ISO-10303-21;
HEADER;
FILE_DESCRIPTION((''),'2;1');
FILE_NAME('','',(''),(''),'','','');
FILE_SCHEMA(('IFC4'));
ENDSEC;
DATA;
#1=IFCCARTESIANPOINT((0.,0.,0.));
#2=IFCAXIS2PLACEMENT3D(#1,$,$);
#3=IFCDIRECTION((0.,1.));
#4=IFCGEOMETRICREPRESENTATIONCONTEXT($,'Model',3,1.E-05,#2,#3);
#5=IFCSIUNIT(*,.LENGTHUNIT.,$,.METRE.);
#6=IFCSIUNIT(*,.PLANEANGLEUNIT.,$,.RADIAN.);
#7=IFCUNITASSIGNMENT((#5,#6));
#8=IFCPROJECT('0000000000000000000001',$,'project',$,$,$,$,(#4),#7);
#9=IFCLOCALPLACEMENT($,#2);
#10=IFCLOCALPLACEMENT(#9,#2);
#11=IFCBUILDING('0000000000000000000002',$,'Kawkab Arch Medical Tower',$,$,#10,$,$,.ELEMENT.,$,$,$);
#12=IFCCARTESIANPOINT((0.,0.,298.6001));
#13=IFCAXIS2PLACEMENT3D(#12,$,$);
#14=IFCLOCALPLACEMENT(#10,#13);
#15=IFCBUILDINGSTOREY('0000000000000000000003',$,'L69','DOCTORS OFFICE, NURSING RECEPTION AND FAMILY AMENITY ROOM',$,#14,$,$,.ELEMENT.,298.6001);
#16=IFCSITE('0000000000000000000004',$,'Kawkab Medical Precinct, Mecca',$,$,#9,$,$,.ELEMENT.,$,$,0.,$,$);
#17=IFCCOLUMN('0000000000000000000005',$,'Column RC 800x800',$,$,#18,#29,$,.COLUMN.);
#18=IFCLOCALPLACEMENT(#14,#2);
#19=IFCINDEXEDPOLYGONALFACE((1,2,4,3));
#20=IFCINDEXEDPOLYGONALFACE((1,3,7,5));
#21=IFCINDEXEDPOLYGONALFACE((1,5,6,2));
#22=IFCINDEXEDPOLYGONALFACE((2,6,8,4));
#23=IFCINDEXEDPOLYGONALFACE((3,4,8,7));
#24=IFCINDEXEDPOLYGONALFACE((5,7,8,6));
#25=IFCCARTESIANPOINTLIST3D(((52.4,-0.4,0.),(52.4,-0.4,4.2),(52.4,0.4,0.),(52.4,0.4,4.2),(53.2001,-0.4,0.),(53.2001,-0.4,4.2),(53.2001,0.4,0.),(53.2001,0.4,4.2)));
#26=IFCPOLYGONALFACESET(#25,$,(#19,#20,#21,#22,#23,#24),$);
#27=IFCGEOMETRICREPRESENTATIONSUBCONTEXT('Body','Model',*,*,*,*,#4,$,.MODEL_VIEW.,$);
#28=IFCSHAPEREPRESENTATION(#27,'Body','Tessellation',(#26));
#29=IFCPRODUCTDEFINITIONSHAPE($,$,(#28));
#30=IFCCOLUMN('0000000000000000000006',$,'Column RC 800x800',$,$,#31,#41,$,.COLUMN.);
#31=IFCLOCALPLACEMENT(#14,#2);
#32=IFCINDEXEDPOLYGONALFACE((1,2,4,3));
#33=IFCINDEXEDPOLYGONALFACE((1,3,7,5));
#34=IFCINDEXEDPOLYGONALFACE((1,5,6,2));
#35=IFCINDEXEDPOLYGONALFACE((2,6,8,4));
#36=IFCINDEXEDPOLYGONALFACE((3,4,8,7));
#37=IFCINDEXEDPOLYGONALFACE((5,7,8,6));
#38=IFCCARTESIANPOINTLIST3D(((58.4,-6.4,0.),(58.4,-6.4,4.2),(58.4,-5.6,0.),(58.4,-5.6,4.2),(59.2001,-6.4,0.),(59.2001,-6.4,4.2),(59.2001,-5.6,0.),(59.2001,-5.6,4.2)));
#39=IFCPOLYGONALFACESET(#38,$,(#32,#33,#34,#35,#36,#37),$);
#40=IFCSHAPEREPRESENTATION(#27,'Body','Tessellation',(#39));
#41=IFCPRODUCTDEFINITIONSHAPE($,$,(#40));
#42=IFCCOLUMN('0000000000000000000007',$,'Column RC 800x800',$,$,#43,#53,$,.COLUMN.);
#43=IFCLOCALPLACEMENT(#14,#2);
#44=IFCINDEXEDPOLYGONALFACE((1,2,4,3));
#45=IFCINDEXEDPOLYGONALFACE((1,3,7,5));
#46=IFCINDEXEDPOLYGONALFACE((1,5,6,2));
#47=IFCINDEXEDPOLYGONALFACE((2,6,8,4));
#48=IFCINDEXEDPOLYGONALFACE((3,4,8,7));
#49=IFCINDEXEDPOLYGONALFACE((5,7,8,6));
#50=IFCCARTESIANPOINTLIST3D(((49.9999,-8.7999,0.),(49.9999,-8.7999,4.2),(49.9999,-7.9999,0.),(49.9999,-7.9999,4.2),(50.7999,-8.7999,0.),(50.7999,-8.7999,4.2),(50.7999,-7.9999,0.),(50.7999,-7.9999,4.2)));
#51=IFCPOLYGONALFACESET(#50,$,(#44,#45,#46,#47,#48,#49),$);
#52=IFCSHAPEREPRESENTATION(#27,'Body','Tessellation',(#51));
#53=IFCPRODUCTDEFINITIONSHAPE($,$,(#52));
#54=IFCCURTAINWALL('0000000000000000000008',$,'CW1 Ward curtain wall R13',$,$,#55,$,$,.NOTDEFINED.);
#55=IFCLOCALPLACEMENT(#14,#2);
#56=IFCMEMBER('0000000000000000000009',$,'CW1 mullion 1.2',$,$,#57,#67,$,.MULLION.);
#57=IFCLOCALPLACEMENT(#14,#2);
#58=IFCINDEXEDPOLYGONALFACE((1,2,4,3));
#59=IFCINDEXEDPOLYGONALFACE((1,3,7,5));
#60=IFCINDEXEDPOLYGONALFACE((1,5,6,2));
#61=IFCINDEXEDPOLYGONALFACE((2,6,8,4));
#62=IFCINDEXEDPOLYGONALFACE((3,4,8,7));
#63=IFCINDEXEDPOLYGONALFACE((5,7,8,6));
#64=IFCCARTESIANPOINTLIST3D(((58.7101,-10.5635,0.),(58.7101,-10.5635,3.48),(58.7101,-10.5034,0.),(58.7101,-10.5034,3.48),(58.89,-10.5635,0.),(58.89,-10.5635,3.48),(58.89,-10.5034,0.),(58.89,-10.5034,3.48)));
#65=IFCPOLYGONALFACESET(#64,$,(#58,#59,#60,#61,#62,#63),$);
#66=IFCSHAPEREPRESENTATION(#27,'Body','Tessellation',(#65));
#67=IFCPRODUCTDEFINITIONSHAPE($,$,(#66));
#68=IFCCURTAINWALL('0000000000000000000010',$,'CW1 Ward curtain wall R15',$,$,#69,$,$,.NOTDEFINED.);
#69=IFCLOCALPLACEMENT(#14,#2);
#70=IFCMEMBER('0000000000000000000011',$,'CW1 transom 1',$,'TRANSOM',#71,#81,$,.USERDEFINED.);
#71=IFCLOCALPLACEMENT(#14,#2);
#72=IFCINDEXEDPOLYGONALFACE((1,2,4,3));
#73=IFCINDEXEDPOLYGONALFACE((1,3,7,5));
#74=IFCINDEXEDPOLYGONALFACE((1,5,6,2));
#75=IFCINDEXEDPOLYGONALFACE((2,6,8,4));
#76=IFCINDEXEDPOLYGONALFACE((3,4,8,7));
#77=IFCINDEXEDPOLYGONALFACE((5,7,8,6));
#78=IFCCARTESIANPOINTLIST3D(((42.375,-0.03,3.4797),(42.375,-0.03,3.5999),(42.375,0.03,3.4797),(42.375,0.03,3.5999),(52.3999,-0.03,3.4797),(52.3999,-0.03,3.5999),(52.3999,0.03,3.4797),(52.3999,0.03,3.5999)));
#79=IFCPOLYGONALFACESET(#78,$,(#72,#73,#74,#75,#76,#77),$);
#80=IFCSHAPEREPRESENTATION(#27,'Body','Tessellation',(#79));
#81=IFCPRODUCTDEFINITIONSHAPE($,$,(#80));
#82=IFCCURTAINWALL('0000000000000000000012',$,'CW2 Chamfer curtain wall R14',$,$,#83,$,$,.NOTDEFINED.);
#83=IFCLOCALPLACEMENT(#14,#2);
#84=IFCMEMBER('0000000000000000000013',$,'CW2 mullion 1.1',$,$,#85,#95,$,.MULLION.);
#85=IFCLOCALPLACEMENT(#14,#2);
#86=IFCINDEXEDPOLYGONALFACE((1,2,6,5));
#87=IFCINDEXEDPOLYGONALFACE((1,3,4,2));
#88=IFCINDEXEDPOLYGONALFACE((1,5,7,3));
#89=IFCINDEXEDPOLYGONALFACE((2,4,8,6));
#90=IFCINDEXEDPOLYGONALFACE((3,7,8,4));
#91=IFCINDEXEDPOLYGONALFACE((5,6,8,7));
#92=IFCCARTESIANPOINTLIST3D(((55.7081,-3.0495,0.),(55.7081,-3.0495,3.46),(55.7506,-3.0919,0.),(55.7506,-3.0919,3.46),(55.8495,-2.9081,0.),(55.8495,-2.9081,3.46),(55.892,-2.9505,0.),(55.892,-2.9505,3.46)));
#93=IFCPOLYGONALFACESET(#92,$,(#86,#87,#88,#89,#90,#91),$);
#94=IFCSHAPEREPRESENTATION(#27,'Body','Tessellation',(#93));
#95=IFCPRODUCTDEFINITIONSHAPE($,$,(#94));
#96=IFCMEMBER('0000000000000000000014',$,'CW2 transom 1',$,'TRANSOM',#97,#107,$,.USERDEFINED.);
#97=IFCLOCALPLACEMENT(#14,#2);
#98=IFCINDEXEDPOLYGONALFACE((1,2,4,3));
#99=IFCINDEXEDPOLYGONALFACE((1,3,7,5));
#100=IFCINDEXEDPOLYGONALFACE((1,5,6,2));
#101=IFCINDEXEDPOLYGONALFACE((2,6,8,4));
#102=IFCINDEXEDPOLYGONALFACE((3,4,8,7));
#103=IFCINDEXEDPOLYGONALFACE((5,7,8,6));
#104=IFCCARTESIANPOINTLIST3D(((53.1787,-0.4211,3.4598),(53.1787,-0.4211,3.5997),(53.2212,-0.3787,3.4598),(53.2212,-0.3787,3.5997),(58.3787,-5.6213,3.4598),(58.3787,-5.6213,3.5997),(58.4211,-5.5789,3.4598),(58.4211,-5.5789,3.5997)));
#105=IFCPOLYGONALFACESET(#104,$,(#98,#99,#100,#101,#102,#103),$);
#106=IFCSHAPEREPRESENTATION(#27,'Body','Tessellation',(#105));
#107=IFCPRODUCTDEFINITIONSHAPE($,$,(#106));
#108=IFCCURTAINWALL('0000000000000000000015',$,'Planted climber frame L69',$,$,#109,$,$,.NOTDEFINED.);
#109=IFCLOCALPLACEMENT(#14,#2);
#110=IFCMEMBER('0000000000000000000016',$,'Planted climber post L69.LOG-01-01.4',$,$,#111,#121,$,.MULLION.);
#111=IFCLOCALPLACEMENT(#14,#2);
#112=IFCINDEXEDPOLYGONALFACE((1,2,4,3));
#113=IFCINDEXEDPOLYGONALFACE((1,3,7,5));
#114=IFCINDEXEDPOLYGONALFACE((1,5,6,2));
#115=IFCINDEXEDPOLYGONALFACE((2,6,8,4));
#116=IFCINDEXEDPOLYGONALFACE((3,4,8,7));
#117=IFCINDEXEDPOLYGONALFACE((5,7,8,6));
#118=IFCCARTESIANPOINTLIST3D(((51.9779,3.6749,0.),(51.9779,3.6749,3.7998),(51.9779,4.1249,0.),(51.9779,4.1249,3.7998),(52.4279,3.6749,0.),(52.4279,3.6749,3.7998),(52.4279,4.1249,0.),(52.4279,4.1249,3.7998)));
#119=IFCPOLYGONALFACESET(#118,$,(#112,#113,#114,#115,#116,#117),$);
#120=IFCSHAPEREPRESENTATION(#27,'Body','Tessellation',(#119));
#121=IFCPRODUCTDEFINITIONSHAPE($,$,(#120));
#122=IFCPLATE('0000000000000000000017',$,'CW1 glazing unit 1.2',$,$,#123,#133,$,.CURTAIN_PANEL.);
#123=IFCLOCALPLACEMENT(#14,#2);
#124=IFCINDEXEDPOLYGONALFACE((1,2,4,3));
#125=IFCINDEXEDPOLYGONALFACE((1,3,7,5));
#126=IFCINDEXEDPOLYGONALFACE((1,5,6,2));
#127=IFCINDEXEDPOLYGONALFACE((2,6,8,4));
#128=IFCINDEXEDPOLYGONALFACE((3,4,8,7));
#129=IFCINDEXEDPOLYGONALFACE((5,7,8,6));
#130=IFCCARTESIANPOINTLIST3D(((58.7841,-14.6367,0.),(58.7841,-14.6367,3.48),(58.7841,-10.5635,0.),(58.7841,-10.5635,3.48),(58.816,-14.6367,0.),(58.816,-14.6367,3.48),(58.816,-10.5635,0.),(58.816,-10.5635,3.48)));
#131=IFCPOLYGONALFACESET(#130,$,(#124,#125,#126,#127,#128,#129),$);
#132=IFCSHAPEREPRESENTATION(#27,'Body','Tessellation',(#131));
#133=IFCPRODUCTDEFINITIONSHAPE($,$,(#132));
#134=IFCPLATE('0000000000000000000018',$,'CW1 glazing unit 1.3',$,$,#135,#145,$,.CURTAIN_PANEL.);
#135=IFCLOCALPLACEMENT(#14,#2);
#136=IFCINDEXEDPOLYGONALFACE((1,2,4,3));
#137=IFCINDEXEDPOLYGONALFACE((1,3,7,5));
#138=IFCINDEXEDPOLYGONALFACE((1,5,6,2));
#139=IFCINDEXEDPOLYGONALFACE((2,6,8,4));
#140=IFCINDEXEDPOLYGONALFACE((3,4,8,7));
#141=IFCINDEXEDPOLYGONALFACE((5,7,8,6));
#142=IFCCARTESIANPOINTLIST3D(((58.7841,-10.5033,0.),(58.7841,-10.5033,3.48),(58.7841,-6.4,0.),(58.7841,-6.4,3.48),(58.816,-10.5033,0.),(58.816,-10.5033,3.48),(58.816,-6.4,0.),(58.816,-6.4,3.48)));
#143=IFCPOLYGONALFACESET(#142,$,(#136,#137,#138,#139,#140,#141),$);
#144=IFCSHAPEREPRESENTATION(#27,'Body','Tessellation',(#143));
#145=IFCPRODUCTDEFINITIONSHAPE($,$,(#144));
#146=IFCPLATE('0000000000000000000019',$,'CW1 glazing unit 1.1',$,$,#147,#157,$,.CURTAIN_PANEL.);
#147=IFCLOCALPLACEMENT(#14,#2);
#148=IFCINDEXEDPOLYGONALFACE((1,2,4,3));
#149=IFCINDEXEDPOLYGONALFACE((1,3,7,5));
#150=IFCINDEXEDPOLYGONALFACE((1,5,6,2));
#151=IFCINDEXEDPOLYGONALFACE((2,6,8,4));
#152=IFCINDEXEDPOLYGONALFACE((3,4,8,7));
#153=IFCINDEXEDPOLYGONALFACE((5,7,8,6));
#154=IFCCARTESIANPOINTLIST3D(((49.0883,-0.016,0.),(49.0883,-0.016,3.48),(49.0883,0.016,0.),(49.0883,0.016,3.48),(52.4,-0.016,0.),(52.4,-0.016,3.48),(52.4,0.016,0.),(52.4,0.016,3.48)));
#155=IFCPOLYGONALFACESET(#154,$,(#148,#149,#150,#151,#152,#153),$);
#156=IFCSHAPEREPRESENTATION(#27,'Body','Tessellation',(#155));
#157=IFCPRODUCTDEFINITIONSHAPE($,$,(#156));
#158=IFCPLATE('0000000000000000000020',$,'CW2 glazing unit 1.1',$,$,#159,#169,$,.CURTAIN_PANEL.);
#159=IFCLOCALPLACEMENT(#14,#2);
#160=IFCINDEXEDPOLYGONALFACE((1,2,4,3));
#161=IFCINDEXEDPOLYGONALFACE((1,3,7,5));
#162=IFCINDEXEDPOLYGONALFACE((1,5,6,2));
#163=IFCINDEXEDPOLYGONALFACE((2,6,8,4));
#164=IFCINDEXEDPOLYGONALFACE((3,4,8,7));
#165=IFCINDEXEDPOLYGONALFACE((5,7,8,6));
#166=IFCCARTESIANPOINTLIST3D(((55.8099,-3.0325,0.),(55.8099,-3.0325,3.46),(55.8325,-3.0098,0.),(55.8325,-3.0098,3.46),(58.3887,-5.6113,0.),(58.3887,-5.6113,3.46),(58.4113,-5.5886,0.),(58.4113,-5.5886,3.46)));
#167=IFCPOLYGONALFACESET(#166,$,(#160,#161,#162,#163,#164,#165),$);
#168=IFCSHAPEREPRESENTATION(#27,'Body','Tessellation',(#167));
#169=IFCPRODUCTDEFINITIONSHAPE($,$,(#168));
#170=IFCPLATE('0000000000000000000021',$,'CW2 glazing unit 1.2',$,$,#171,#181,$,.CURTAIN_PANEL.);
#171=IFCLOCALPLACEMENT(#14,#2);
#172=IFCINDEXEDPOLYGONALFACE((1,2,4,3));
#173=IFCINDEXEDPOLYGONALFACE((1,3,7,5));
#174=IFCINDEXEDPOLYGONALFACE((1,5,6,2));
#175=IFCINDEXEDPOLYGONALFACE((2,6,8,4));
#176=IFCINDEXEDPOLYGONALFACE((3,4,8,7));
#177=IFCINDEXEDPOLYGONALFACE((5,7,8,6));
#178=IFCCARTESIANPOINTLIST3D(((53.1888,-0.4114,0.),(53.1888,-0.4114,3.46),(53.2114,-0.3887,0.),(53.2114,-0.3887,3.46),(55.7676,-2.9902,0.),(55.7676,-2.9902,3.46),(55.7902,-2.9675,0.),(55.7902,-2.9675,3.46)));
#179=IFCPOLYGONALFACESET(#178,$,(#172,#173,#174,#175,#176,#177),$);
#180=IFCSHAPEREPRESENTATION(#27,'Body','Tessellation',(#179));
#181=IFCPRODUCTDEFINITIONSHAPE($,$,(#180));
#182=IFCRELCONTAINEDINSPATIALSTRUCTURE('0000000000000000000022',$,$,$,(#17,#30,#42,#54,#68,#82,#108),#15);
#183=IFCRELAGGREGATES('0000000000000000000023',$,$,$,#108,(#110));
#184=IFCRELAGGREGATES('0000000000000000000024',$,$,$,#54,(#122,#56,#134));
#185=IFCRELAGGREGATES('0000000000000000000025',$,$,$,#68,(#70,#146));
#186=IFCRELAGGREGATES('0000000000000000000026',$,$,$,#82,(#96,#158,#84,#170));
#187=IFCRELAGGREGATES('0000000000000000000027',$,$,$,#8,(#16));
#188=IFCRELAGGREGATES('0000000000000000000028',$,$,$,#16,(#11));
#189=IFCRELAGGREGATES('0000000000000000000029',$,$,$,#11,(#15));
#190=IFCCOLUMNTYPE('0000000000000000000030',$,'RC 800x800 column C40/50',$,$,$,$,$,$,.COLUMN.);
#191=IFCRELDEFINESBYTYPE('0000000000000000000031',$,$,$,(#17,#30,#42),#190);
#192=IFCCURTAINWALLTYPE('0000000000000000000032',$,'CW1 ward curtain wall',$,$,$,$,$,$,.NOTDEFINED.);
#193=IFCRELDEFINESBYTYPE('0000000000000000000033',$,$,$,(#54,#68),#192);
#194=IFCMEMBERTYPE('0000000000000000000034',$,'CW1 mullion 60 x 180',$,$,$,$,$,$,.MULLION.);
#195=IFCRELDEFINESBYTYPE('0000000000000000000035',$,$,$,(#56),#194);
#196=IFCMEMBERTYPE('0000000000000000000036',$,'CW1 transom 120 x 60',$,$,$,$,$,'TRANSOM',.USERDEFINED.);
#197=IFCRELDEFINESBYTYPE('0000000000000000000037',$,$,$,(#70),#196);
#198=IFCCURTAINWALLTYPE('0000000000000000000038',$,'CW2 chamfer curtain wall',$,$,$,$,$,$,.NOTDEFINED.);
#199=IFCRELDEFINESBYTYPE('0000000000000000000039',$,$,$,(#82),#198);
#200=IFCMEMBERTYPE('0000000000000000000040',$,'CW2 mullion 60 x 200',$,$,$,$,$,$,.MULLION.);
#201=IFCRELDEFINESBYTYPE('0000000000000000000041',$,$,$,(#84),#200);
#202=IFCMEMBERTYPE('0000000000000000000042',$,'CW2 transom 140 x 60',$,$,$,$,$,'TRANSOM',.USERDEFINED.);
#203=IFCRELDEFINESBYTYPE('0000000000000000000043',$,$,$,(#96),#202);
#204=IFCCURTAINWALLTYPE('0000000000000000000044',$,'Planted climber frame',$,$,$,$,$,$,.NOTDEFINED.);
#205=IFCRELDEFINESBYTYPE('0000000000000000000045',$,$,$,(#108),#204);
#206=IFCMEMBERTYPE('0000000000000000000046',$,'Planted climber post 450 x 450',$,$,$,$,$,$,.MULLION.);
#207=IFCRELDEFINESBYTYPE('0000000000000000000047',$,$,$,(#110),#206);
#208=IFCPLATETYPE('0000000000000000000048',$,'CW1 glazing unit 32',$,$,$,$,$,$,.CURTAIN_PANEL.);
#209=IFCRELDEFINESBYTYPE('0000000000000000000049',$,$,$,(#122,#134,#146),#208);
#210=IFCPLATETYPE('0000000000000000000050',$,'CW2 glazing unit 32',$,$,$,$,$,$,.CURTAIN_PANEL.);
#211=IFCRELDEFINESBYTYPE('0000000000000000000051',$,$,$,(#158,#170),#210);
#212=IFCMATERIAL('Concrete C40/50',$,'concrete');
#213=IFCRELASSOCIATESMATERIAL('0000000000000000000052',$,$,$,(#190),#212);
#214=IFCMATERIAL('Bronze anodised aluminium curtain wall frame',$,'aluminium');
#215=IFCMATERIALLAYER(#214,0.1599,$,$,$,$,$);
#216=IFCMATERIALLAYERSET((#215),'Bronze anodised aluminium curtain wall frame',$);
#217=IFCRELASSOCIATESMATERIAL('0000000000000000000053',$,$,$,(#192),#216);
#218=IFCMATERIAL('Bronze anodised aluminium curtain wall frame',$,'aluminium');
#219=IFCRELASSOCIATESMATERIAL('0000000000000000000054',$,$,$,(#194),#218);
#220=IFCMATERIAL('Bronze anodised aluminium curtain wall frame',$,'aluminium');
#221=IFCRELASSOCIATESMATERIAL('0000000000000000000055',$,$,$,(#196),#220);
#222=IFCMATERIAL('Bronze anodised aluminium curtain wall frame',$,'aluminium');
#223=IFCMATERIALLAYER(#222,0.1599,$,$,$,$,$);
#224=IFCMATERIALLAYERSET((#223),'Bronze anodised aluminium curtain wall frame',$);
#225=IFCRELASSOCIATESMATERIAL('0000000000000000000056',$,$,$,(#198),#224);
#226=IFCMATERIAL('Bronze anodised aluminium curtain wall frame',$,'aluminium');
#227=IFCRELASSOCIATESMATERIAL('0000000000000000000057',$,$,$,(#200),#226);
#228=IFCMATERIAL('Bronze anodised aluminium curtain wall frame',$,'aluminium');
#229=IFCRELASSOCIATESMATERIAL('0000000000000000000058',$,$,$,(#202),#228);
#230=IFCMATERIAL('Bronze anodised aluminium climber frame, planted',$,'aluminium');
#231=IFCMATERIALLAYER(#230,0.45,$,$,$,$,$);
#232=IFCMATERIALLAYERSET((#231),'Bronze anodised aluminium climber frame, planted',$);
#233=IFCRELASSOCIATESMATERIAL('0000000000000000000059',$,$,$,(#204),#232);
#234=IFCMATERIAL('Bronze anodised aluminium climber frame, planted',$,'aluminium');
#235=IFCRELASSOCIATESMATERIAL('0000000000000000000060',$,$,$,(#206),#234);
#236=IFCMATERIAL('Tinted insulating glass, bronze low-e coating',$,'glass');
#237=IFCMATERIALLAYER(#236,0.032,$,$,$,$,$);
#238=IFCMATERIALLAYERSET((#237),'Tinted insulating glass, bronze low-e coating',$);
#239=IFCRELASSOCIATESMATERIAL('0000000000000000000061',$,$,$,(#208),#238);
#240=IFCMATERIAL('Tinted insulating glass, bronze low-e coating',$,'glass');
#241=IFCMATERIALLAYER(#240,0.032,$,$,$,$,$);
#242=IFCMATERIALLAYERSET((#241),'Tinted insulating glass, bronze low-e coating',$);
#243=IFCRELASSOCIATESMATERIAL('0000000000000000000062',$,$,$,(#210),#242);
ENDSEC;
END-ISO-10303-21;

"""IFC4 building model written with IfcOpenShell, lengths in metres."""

from ifc_helpers import new_model, si_unit, direction, frame, origin, origin_2d, place, context, subcontext, project, spatial, rectangle, extrude, material, layer, layer_set, material_profile, profile_set, type_object, element, aggregate, save


model = new_model("IFC4")

# Units and contexts
model_context = context("Model", 3, precision=1e-05, world=origin(), true_north=direction((0.0, 1.0)))
body_context = subcontext(model_context, "Body", "Model", "MODEL_VIEW")
ifc_project = project(units=[si_unit("LENGTHUNIT", "METRE"), si_unit("PLANEANGLEUNIT", "RADIAN")], contexts=[model_context])

# Site, building, storey
site_placement = place(None, origin())
site = spatial("IfcSite", under=ifc_project, at=site_placement, Name="Kawkab Medical Precinct, Mecca", CompositionType="ELEMENT", RefElevation=0.0)
building_placement = place(site_placement, origin())
building = spatial("IfcBuilding", under=site, at=building_placement, Name="Kawkab Arch Medical Tower", CompositionType="ELEMENT")
storey_placement = place(building_placement, frame((0.0, 0.0, 298.6001)))
storey = spatial("IfcBuildingStorey", under=building, at=storey_placement, Name="L69", Description="DOCTORS OFFICE, NURSING RECEPTION AND FAMILY AMENITY ROOM", CompositionType="ELEMENT", Elevation=298.6001)

# Columns
ifc_material_1 = material(Name="Concrete C40/50", Category="concrete")
ifc_material_profile_1 = material_profile(ifc_material_1, rectangle(XDim=0.8, YDim=0.8, at=origin_2d()), Name="RC 800x800")
ifc_profile_set_1 = profile_set([ifc_material_profile_1], Name="Concrete C40/50")
column_type = type_object("IfcColumnType", Name="RC 800x800 column C40/50", PredefinedType="COLUMN", material=ifc_profile_set_1)
for number, where, z_axis, x_axis, name in (
    (1, (52.8, 0.0, 0.0), (0.0, 0.0, 1.0), (1.0, 0.0, 0.0), "Column RC 800x800"),
    (2, (58.8, -6.0, 0.0), (0.0, 0.0, 1.0), (1.0, 0.0, 0.0), "Column RC 800x800"),
    (3, (50.3999, -8.3999, 0.0), (0.0, 0.0, 1.0), (1.0, 0.0, 0.0), "Column RC 800x800"),
):
    element("IfcColumn", number, at=place(storey_placement, frame(where, z_axis=z_axis, x_axis=x_axis)), inside=storey, type_object=column_type, Name=name, PredefinedType="COLUMN", context=body_context, shape_type="SweptSolid", body=[
        extrude(rectangle(XDim=0.8, YDim=0.8, at=origin_2d()), origin(), (0.0, 0.0, 1.0), 4.2),
    ])

# Curtain walls, members
ifc_material_2 = material(Name="Bronze anodised aluminium curtain wall frame", Category="aluminium")
ifc_layer_1 = layer(ifc_material_2, 0.1599)
ifc_layer_set_1 = layer_set([ifc_layer_1], Name="Bronze anodised aluminium curtain wall frame")
curtain_wall_type_1 = type_object("IfcCurtainWallType", Name="CW1 ward curtain wall", PredefinedType="NOTDEFINED", material=ifc_layer_set_1)
placement = place(storey_placement, origin())
curtain_wall_1 = element("IfcCurtainWall", 4, at=placement, inside=storey, type_object=curtain_wall_type_1, Name="CW1 Ward curtain wall R13", PredefinedType="NOTDEFINED")
ifc_material_3 = material(Name="Bronze anodised aluminium curtain wall frame", Category="aluminium")
ifc_material_profile_2 = material_profile(ifc_material_3, rectangle(XDim=0.1799, YDim=0.0601, at=origin_2d()), Name="AL 60x180")
ifc_profile_set_2 = profile_set([ifc_material_profile_2], Name="Bronze anodised aluminium curtain wall frame")
member_type_1 = type_object("IfcMemberType", Name="CW1 mullion 60 x 180", PredefinedType="MULLION", material=ifc_profile_set_2)
member_1_placement = place(storey_placement, frame((58.8, -10.5334, 0.0), z_axis=(0.0, 0.0, 1.0), x_axis=(-1.0, 0.0, 0.0)))
member_1 = element("IfcMember", 5, at=member_1_placement, type_object=member_type_1, Name="CW1 mullion 1.2", PredefinedType="MULLION", context=body_context, shape_type="SweptSolid", body=[
    extrude(rectangle(XDim=0.1799, YDim=0.0601, at=origin_2d()), origin(), (0.0, 0.0, 1.0), 3.48),
])
curtain_wall_2 = element("IfcCurtainWall", 6, at=placement, inside=storey, type_object=curtain_wall_type_1, Name="CW1 Ward curtain wall R15", PredefinedType="NOTDEFINED")
ifc_material_4 = material(Name="Bronze anodised aluminium curtain wall frame", Category="aluminium")
ifc_material_profile_3 = material_profile(ifc_material_4, rectangle(XDim=0.0601, YDim=0.1201, at=origin_2d()), Name="AL 60x120")
ifc_profile_set_3 = profile_set([ifc_material_profile_3], Name="Bronze anodised aluminium curtain wall frame")
member_type_2 = type_object("IfcMemberType", Name="CW1 transom 120 x 60", ElementType="TRANSOM", PredefinedType="USERDEFINED", material=ifc_profile_set_3)
member_2_placement = place(storey_placement, frame((52.3999, 0.0, 3.5398), z_axis=(-1.0, 0.0, 0.0), x_axis=(0.0, -1.0, 0.0)))
member_2 = element("IfcMember", 7, at=member_2_placement, type_object=member_type_2, Name="CW1 transom 1", ObjectType="TRANSOM", PredefinedType="USERDEFINED", context=body_context, shape_type="SweptSolid", body=[
    extrude(rectangle(XDim=0.0601, YDim=0.1201, at=origin_2d()), origin(), (0.0, 0.0, 1.0), 10.0249),
])

# Curtain wall, members
ifc_material_5 = material(Name="Bronze anodised aluminium curtain wall frame", Category="aluminium")
ifc_layer_2 = layer(ifc_material_5, 0.1599)
ifc_layer_set_2 = layer_set([ifc_layer_2], Name="Bronze anodised aluminium curtain wall frame")
curtain_wall_type_2 = type_object("IfcCurtainWallType", Name="CW2 chamfer curtain wall", PredefinedType="NOTDEFINED", material=ifc_layer_set_2)
curtain_wall_3 = element("IfcCurtainWall", 8, at=placement, inside=storey, type_object=curtain_wall_type_2, Name="CW2 Chamfer curtain wall R14", PredefinedType="NOTDEFINED")
ifc_material_6 = material(Name="Bronze anodised aluminium curtain wall frame", Category="aluminium")
ifc_material_profile_4 = material_profile(ifc_material_6, rectangle(XDim=0.2, YDim=0.0601, at=origin_2d()), Name="AL 60x200")
ifc_profile_set_4 = profile_set([ifc_material_profile_4], Name="Bronze anodised aluminium curtain wall frame")
member_type_3 = type_object("IfcMemberType", Name="CW2 mullion 60 x 200", PredefinedType="MULLION", material=ifc_profile_set_4)
member_3_placement = place(storey_placement, frame((55.8, -3.0, 0.0), z_axis=(0.0, 0.0, 1.0), x_axis=(-0.707107, -0.707107, 0.0)))
member_3 = element("IfcMember", 9, at=member_3_placement, type_object=member_type_3, Name="CW2 mullion 1.1", PredefinedType="MULLION", context=body_context, shape_type="SweptSolid", body=[
    extrude(rectangle(XDim=0.2, YDim=0.0601, at=origin_2d()), origin(), (0.0, 0.0, 1.0), 3.46),
])
ifc_material_7 = material(Name="Bronze anodised aluminium curtain wall frame", Category="aluminium")
ifc_material_profile_5 = material_profile(ifc_material_7, rectangle(XDim=0.0601, YDim=0.1399, at=origin_2d()), Name="AL 60x140")
ifc_profile_set_5 = profile_set([ifc_material_profile_5], Name="Bronze anodised aluminium curtain wall frame")
member_type_4 = type_object("IfcMemberType", Name="CW2 transom 140 x 60", ElementType="TRANSOM", PredefinedType="USERDEFINED", material=ifc_profile_set_5)
member_4_placement = place(storey_placement, frame((58.3999, -5.6001, 3.5298), z_axis=(-0.70709, 0.707123, 0.0), x_axis=(-0.707123, -0.70709, 0.0)))
member_4 = element("IfcMember", 10, at=member_4_placement, type_object=member_type_4, Name="CW2 transom 1", ObjectType="TRANSOM", PredefinedType="USERDEFINED", context=body_context, shape_type="SweptSolid", body=[
    extrude(rectangle(XDim=0.0601, YDim=0.1399, at=origin_2d()), origin(), (0.0, 0.0, 1.0), 7.354),
])

# Curtain wall, member
ifc_material_8 = material(Name="Bronze anodised aluminium climber frame, planted", Category="aluminium")
ifc_layer_3 = layer(ifc_material_8, 0.45)
ifc_layer_set_3 = layer_set([ifc_layer_3], Name="Bronze anodised aluminium climber frame, planted")
curtain_wall_type_3 = type_object("IfcCurtainWallType", Name="Planted climber frame", PredefinedType="NOTDEFINED", material=ifc_layer_set_3)
curtain_wall_4 = element("IfcCurtainWall", 11, at=placement, inside=storey, type_object=curtain_wall_type_3, Name="Planted climber frame L69", PredefinedType="NOTDEFINED")
ifc_material_9 = material(Name="Bronze anodised aluminium climber frame, planted", Category="aluminium")
ifc_material_profile_6 = material_profile(ifc_material_9, rectangle(XDim=0.45, YDim=0.45, at=origin_2d()), Name="Post 450x450")
ifc_profile_set_6 = profile_set([ifc_material_profile_6], Name="Bronze anodised aluminium climber frame, planted")
member_type_5 = type_object("IfcMemberType", Name="Planted climber post 450 x 450", PredefinedType="MULLION", material=ifc_profile_set_6)
member_5_placement = place(storey_placement, frame((52.2029, 3.8999, 0.0), z_axis=(0.0, 0.0, 1.0), x_axis=(1.0, 0.0, 0.0)))
member_5 = element("IfcMember", 12, at=member_5_placement, type_object=member_type_5, Name="Planted climber post L69.LOG-01-01.4", PredefinedType="MULLION", context=body_context, shape_type="SweptSolid", body=[
    extrude(rectangle(XDim=0.45, YDim=0.45, at=origin_2d()), origin(), (0.0, 0.0, 1.0), 3.7998),
])
aggregate(curtain_wall_4, [member_5])

# Plates
ifc_material_10 = material(Name="Tinted insulating glass, bronze low-e coating", Category="glass")
ifc_layer_4 = layer(ifc_material_10, 0.032)
ifc_layer_set_4 = layer_set([ifc_layer_4], Name="Tinted insulating glass, bronze low-e coating")
plate_type_1 = type_object("IfcPlateType", Name="CW1 glazing unit 32", PredefinedType="CURTAIN_PANEL", material=ifc_layer_set_4)
plate_1_placement = place(storey_placement, frame((58.8, -12.6001, 0.0), z_axis=(0.0, 0.0, 1.0), x_axis=(0.0, 1.0, 0.0)))
plate_1 = element("IfcPlate", 13, at=plate_1_placement, type_object=plate_type_1, Name="CW1 glazing unit 1.2", PredefinedType="CURTAIN_PANEL", context=body_context, shape_type="SweptSolid", body=[
    extrude(rectangle(XDim=4.0732, YDim=0.032, at=origin_2d()), origin(), (0.0, 0.0, 1.0), 3.48),
])
plate_2_placement = place(storey_placement, frame((58.8, -8.4517, 0.0), z_axis=(0.0, 0.0, 1.0), x_axis=(0.0, 1.0, 0.0)))
plate_2 = element("IfcPlate", 14, at=plate_2_placement, type_object=plate_type_1, Name="CW1 glazing unit 1.3", PredefinedType="CURTAIN_PANEL", context=body_context, shape_type="SweptSolid", body=[
    extrude(rectangle(XDim=4.1033, YDim=0.032, at=origin_2d()), origin(), (0.0, 0.0, 1.0), 3.48),
])
aggregate(curtain_wall_1, [plate_1, member_1, plate_2])
plate_3_placement = place(storey_placement, frame((50.7441, 0.0, 0.0), z_axis=(0.0, 0.0, 1.0), x_axis=(-1.0, 0.0, 0.0)))
plate_3 = element("IfcPlate", 15, at=plate_3_placement, type_object=plate_type_1, Name="CW1 glazing unit 1.1", PredefinedType="CURTAIN_PANEL", context=body_context, shape_type="SweptSolid", body=[
    extrude(rectangle(XDim=3.3118, YDim=0.032, at=origin_2d()), origin(), (0.0, 0.0, 1.0), 3.48),
])
aggregate(curtain_wall_2, [member_2, plate_3])
ifc_material_11 = material(Name="Tinted insulating glass, bronze low-e coating", Category="glass")
ifc_layer_5 = layer(ifc_material_11, 0.032)
ifc_layer_set_5 = layer_set([ifc_layer_5], Name="Tinted insulating glass, bronze low-e coating")
plate_type_2 = type_object("IfcPlateType", Name="CW2 glazing unit 32", PredefinedType="CURTAIN_PANEL", material=ifc_layer_set_5)
plate_4_placement = place(storey_placement, frame((57.1106, -4.3105, 0.0), z_axis=(0.0, 0.0, 1.0), x_axis=(-0.707107, 0.707107, 0.0)))
plate_4 = element("IfcPlate", 16, at=plate_4_placement, type_object=plate_type_2, Name="CW2 glazing unit 1.1", PredefinedType="CURTAIN_PANEL", context=body_context, shape_type="SweptSolid", body=[
    extrude(rectangle(XDim=3.647, YDim=0.032, at=origin_2d()), origin(), (0.0, 0.0, 1.0), 3.46),
])
plate_5_placement = place(storey_placement, frame((54.4895, -1.6895, 0.0), z_axis=(0.0, 0.0, 1.0), x_axis=(-0.707107, 0.707107, 0.0)))
plate_5 = element("IfcPlate", 17, at=plate_5_placement, type_object=plate_type_2, Name="CW2 glazing unit 1.2", PredefinedType="CURTAIN_PANEL", context=body_context, shape_type="SweptSolid", body=[
    extrude(rectangle(XDim=3.647, YDim=0.032, at=origin_2d()), origin(), (0.0, 0.0, 1.0), 3.46),
])
aggregate(curtain_wall_3, [member_4, plate_4, member_3, plate_5])

save(model, "model.ifc")
